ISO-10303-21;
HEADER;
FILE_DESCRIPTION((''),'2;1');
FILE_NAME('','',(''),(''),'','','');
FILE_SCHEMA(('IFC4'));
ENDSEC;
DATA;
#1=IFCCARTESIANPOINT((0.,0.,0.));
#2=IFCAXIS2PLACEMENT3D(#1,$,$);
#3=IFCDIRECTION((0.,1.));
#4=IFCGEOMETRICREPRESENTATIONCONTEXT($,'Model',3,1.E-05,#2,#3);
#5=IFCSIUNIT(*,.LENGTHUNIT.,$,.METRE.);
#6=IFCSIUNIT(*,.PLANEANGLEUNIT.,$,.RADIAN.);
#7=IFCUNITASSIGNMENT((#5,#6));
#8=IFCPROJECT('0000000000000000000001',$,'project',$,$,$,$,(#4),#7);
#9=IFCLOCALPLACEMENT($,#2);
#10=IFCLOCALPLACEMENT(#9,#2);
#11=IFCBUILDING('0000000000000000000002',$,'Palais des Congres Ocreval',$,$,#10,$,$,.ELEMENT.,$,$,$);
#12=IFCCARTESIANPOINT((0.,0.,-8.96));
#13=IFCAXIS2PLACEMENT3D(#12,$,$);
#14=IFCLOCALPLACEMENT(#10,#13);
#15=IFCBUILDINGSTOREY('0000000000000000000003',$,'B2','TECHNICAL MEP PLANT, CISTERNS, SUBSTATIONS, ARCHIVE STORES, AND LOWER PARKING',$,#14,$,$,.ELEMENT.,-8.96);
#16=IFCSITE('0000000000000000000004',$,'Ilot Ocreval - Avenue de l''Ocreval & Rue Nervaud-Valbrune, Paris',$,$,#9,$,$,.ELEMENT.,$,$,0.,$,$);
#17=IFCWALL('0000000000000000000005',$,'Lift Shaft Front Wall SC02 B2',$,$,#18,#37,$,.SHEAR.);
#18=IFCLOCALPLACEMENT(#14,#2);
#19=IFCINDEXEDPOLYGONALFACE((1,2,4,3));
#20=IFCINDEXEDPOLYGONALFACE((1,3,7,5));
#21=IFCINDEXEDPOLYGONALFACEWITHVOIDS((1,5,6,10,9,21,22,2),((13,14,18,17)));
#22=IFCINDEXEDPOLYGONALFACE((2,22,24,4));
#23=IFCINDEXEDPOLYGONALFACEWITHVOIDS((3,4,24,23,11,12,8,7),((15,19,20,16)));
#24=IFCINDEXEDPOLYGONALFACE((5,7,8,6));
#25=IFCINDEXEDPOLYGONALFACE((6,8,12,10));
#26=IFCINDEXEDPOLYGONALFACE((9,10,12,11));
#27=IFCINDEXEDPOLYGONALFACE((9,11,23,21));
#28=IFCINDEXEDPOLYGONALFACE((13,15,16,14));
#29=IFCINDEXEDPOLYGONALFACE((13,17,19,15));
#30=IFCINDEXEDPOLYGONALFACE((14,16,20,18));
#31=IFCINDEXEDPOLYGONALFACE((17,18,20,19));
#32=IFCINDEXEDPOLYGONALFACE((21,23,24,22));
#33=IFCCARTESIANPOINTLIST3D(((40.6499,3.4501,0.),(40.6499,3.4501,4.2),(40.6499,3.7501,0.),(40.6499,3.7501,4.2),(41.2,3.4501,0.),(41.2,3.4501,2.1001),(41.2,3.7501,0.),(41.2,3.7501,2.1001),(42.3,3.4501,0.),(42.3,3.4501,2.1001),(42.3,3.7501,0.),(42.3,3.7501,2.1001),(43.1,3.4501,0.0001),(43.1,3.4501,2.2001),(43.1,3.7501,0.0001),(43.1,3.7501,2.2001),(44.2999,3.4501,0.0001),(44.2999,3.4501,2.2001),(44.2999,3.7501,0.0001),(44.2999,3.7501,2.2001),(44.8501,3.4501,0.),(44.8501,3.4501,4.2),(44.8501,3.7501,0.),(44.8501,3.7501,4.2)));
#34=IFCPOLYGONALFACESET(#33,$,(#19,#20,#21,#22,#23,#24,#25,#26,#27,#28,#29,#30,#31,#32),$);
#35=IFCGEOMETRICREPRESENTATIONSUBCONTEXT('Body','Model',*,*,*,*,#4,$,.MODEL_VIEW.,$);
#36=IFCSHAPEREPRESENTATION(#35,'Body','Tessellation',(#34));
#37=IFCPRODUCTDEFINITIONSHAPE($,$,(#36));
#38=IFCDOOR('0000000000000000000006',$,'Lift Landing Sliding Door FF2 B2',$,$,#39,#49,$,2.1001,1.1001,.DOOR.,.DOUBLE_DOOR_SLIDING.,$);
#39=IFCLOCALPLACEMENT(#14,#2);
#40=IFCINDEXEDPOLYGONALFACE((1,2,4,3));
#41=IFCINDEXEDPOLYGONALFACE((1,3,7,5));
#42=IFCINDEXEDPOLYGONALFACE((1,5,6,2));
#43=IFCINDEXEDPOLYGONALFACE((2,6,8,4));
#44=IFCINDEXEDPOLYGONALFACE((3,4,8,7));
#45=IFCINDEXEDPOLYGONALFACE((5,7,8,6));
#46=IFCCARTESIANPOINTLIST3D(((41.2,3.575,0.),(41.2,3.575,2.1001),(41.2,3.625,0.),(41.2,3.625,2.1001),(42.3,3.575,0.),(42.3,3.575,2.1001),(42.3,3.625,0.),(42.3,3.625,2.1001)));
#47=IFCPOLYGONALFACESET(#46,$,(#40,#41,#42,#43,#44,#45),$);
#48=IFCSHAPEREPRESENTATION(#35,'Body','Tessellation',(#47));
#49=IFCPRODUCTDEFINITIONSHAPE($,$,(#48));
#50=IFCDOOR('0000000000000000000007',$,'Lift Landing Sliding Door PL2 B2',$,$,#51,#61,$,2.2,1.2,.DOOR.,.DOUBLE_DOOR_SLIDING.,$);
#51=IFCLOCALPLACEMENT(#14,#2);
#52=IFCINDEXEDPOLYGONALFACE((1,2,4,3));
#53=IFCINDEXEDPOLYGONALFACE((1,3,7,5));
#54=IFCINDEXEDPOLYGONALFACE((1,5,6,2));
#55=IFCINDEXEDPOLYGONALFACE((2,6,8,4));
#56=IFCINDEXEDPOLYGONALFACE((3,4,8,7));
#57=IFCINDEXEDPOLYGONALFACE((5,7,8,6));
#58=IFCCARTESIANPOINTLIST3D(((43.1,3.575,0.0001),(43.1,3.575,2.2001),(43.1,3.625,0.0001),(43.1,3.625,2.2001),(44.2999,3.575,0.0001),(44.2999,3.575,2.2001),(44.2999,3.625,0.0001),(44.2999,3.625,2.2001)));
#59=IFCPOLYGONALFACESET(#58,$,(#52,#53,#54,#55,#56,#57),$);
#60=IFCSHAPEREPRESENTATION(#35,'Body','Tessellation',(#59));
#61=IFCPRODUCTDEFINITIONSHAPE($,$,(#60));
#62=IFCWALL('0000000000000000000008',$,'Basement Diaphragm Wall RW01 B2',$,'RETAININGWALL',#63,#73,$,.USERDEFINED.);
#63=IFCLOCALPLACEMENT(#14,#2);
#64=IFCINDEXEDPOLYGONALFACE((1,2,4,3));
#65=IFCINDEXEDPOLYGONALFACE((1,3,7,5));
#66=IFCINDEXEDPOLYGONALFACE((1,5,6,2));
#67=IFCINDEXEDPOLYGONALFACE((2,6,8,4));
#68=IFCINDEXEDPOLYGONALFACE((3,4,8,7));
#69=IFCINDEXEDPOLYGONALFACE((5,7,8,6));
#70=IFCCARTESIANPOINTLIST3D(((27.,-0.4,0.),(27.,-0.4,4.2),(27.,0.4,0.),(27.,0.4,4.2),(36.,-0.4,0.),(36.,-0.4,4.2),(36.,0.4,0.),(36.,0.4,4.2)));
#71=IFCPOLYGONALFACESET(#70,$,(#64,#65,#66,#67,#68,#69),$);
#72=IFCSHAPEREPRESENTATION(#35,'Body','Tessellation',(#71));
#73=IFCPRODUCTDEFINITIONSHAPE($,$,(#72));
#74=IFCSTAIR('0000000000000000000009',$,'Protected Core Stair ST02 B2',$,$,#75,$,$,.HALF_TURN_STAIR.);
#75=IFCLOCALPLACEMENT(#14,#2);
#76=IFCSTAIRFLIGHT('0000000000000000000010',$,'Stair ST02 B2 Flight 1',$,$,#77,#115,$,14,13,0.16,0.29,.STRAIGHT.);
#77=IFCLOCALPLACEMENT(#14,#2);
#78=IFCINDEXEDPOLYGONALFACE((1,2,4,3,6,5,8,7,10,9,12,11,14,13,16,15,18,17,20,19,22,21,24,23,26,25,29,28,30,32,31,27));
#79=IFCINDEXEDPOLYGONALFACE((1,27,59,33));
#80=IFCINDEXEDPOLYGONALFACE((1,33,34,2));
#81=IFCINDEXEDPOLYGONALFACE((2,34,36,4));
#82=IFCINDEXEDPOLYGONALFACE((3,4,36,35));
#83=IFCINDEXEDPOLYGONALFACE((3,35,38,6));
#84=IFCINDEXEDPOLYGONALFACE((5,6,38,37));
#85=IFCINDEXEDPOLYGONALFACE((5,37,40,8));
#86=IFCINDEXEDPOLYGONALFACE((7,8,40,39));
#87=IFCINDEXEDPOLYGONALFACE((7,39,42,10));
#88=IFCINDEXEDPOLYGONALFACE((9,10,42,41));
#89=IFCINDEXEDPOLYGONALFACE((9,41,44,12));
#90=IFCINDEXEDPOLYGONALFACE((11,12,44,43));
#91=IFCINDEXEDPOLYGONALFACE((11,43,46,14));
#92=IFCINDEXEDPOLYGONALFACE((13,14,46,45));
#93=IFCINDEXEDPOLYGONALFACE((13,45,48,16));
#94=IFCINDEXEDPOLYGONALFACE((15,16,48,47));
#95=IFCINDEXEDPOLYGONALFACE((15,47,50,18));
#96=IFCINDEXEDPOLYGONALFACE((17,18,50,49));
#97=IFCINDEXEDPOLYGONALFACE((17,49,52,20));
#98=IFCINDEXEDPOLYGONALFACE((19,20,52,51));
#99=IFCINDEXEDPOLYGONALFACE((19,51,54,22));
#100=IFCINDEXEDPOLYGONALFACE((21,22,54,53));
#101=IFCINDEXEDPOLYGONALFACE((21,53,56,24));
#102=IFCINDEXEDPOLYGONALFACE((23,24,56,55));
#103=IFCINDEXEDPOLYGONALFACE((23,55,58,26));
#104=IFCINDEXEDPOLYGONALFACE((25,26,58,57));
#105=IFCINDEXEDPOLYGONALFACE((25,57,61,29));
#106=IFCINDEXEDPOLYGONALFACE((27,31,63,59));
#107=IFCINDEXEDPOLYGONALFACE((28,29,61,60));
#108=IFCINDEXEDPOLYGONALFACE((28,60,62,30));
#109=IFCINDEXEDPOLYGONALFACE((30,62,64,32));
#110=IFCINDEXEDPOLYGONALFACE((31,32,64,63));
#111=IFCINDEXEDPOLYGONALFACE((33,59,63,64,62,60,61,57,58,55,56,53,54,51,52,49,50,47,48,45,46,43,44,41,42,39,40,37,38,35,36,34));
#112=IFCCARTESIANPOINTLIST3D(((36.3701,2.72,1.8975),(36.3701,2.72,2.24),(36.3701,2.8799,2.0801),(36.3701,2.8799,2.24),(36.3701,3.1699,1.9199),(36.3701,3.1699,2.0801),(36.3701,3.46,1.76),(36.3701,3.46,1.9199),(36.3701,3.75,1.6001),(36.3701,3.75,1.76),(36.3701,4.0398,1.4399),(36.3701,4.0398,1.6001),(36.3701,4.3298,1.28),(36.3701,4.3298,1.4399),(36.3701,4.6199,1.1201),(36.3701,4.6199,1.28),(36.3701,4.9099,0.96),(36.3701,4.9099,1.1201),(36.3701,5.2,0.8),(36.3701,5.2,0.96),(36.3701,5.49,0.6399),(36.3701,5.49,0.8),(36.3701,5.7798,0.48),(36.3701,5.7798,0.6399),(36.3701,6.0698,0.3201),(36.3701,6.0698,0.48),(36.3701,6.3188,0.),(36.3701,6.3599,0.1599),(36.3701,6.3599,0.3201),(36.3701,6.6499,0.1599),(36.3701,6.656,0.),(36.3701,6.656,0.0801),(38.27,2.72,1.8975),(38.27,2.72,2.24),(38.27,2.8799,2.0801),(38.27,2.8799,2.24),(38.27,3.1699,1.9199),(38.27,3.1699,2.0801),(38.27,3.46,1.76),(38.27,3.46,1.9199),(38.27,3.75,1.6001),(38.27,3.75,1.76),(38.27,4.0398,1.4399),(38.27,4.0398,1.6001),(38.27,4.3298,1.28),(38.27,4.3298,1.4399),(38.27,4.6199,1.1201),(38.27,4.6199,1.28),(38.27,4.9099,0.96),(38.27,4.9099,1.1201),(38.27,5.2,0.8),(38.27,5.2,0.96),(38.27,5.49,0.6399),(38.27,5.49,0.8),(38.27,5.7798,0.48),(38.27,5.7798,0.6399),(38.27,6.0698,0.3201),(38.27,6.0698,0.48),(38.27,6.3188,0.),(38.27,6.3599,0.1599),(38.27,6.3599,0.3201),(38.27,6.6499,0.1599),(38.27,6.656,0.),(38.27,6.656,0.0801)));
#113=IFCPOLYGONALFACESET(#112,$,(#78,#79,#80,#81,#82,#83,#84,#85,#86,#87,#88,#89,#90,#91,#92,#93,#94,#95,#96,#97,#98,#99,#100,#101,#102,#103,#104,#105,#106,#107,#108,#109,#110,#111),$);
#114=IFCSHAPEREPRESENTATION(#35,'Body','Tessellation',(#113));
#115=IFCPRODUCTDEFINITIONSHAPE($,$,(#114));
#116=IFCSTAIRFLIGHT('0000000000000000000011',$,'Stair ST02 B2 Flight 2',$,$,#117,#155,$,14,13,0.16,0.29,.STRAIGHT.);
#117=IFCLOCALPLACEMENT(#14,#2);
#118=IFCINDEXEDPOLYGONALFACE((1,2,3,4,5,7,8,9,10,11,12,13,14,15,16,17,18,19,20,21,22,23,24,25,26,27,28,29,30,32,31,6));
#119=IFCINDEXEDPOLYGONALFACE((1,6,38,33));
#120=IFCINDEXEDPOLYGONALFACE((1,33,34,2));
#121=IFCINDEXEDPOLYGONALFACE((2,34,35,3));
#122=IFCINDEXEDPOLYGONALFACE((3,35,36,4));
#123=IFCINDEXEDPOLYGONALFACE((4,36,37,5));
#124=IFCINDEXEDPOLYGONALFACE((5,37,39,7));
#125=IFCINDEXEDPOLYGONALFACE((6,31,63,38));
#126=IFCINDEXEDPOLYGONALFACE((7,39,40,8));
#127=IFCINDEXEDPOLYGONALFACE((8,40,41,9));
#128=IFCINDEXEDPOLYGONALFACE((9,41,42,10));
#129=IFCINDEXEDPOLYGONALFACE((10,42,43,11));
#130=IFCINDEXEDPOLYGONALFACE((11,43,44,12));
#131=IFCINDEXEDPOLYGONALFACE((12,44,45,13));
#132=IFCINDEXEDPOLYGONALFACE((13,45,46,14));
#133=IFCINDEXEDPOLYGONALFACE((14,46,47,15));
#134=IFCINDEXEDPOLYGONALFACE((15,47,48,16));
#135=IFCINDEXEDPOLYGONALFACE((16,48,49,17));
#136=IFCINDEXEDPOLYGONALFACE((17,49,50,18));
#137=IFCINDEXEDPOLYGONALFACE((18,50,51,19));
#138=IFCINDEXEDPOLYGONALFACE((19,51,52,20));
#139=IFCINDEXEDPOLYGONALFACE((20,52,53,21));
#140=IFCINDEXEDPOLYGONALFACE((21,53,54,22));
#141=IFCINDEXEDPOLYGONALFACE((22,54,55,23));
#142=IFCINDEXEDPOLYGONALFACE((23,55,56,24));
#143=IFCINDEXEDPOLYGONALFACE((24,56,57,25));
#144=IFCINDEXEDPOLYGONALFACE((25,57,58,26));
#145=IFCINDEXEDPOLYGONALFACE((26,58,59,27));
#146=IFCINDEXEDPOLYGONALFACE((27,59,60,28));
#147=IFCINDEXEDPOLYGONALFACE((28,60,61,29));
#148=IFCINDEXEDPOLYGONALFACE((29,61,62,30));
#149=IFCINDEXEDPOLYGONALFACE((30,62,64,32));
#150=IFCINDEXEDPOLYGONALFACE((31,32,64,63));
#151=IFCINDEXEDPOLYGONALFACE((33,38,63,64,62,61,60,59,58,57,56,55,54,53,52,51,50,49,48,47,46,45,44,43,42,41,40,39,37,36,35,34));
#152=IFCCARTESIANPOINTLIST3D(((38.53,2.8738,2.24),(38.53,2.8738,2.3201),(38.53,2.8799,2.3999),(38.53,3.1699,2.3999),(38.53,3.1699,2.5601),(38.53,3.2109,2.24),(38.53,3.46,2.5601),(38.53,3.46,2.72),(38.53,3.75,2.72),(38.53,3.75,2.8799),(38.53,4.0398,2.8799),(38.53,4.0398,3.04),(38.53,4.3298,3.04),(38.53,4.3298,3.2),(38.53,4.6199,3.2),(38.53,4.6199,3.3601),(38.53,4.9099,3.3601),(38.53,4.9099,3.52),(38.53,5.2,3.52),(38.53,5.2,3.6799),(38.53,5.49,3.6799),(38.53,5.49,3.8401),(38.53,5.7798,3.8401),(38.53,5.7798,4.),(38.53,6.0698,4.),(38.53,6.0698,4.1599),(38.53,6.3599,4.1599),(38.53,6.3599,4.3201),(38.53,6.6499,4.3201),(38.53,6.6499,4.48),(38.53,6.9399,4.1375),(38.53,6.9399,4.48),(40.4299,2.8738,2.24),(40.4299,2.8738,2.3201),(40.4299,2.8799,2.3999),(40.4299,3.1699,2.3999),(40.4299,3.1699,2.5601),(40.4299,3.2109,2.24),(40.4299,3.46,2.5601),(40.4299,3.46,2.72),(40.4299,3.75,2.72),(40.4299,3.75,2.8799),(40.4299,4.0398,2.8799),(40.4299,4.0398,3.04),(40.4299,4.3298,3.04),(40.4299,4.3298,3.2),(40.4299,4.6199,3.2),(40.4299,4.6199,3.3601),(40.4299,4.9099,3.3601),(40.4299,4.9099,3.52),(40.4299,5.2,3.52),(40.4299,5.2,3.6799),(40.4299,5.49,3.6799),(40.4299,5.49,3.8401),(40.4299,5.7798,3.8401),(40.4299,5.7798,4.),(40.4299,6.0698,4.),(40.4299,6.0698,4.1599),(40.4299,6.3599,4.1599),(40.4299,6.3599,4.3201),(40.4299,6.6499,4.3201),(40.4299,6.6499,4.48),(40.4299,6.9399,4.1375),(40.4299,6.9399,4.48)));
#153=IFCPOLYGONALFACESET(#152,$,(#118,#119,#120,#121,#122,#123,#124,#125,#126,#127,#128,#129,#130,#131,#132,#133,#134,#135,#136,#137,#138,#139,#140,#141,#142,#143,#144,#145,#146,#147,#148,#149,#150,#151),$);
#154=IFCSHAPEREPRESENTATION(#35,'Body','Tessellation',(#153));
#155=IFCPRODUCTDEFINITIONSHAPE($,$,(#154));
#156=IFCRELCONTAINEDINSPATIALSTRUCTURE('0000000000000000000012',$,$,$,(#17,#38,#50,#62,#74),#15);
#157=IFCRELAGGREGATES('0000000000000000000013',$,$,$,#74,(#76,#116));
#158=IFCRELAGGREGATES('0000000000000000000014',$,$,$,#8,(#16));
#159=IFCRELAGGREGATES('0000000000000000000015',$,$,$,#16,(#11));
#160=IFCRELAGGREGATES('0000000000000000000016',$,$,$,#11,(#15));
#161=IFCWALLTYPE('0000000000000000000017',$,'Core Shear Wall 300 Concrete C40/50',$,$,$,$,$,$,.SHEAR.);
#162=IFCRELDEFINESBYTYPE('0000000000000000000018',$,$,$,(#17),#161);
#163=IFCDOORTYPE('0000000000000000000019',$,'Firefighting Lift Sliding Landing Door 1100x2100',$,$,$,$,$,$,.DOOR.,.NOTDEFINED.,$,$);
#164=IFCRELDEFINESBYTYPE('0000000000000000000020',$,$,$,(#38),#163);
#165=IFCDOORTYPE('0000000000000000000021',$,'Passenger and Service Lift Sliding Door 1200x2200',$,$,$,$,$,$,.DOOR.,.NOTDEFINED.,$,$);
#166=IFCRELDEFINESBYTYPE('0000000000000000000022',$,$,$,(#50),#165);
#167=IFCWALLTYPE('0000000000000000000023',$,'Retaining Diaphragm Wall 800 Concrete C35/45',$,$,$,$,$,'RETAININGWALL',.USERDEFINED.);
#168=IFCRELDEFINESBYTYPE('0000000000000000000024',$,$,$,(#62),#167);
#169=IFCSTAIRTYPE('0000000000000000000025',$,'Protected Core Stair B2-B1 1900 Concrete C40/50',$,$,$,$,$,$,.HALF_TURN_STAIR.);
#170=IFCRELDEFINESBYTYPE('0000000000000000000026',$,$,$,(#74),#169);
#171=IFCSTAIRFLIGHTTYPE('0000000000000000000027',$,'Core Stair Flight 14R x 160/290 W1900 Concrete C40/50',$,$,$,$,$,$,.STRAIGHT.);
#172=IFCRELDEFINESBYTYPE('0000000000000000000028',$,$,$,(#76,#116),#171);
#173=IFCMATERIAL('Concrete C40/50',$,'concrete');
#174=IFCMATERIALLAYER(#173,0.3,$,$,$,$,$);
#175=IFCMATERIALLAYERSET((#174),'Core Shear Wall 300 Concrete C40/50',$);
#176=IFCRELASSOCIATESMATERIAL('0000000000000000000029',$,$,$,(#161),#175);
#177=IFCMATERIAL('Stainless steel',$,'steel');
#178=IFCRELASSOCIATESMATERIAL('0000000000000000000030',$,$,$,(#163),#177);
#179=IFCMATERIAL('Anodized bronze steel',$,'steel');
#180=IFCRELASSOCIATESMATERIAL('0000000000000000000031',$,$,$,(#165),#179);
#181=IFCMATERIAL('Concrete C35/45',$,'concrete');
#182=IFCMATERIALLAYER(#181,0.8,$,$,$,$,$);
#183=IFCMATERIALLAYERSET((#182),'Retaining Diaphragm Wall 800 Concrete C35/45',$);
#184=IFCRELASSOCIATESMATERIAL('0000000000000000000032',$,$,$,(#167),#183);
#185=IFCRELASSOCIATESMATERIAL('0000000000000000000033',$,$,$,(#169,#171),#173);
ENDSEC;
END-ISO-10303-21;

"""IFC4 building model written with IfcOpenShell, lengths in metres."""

from ifc_helpers import new_model, si_unit, direction, frame, frame_2d, origin, place, context, subcontext, project, spatial, polyline, rectangle, outline, extrude, material, layer, layer_set, type_object, element, fill, aggregate, save


model = new_model("IFC4")

# Units and contexts
model_context = context("Model", 3, precision=1e-05, world=origin(), true_north=direction((0.0, 1.0)))
body_context = subcontext(model_context, "Body", "Model", "MODEL_VIEW")
ifc_project = project(units=[si_unit("LENGTHUNIT", "METRE"), si_unit("PLANEANGLEUNIT", "RADIAN")], contexts=[model_context])

# Site, building, storey
site_placement = place(None, origin())
site = spatial("IfcSite", under=ifc_project, at=site_placement, Name="Ilot Ocreval - Avenue de l'Ocreval & Rue Nervaud-Valbrune, Paris", CompositionType="ELEMENT", RefElevation=0.0)
building_placement = place(site_placement, origin())
building = spatial("IfcBuilding", under=site, at=building_placement, Name="Palais des Congres Ocreval", CompositionType="ELEMENT")
storey_placement = place(building_placement, frame((0.0, 0.0, -8.96)))
storey = spatial("IfcBuildingStorey", under=building, at=storey_placement, Name="B2", Description="TECHNICAL MEP PLANT, CISTERNS, SUBSTATIONS, ARCHIVE STORES, AND LOWER PARKING", CompositionType="ELEMENT", Elevation=-8.96)

# Shared definitions
ifc_material_1 = material(Name="Concrete C35/45", Category="concrete")

# Shared definitions
ifc_material_2 = material(Name="Concrete C40/50", Category="concrete")

# Shared definitions
ifc_layer_1 = layer(ifc_material_2, 0.3)
ifc_layer_set_1 = layer_set([ifc_layer_1], Name="Core Shear Wall 300 Concrete C40/50")
wall_type_1 = type_object("IfcWallType", Name="Core Shear Wall 300 Concrete C40/50", PredefinedType="SHEAR", material=ifc_layer_set_1)

# Wall, openings, doors
wall_1_placement = place(storey_placement, frame((40.6499, 3.6001, 0.0), z_axis=(0.0, 0.0, 1.0), x_axis=(1.0, 0.0, 0.0)))
wall_1 = element("IfcWall", 1, at=wall_1_placement, inside=storey, type_object=wall_type_1, Name="Lift Shaft Front Wall SC02 B2", PredefinedType="SHEAR", context=body_context, shape_type="SweptSolid", body=[
    extrude(rectangle(XDim=4.2002, YDim=0.3, at=frame_2d((2.1001, 0.0))), origin(), (0.0, 0.0, 1.0), 4.2),
])
opening_1_placement = place(wall_1_placement, frame((0.55, 0.0, 0.0)))
opening_1 = element("IfcOpeningElement", 2, at=opening_1_placement, cuts=wall_1, PredefinedType="OPENING", context=body_context, shape_type="SweptSolid", body=[
    extrude(rectangle(XDim=1.1001, YDim=2.1001, at=frame_2d((0.55, 1.05))), frame((0.0, 0.1599, 0.0), z_axis=(0.0, -1.0, 0.0), x_axis=(1.0, 0.0, 0.0)), (0.0, 0.0, 1.0), 0.3201),
])
opening_2_placement = place(wall_1_placement, frame((2.45, 0.0, 0.0)))
opening_2 = element("IfcOpeningElement", 3, at=opening_2_placement, cuts=wall_1, PredefinedType="OPENING", context=body_context, shape_type="SweptSolid", body=[
    extrude(rectangle(XDim=1.2, YDim=2.2, at=frame_2d((0.6001, 1.1001))), frame((0.0, 0.1599, 0.0), z_axis=(0.0, -1.0, 0.0), x_axis=(1.0, 0.0, 0.0)), (0.0, 0.0, 1.0), 0.3201),
])
ifc_material_3 = material(Name="Stainless steel", Category="steel")
door_type_1 = type_object("IfcDoorType", Name="Firefighting Lift Sliding Landing Door 1100x2100", OperationType="NOTDEFINED", PredefinedType="DOOR", material=ifc_material_3)
door_1_placement = place(opening_1_placement, origin())
door_1 = element("IfcDoor", 4, at=door_1_placement, inside=storey, type_object=door_type_1, Name="Lift Landing Sliding Door FF2 B2", OperationType="DOUBLE_DOOR_SLIDING", OverallHeight=2.1001, OverallWidth=1.1001, PredefinedType="DOOR", context=body_context, shape_type="SweptSolid", body=[
    extrude(rectangle(XDim=1.1001, YDim=2.1001, at=frame_2d((0.55, 1.05))), frame((0.0, 0.0249, 0.0), z_axis=(0.0, -1.0, 0.0), x_axis=(1.0, 0.0, 0.0)), (0.0, 0.0, 1.0), 0.05),
])
fill(opening_1, door_1)
ifc_material_4 = material(Name="Anodized bronze steel", Category="steel")
door_type_2 = type_object("IfcDoorType", Name="Passenger and Service Lift Sliding Door 1200x2200", OperationType="NOTDEFINED", PredefinedType="DOOR", material=ifc_material_4)
door_2_placement = place(opening_2_placement, origin())
door_2 = element("IfcDoor", 5, at=door_2_placement, inside=storey, type_object=door_type_2, Name="Lift Landing Sliding Door PL2 B2", OperationType="DOUBLE_DOOR_SLIDING", OverallHeight=2.2, OverallWidth=1.2, PredefinedType="DOOR", context=body_context, shape_type="SweptSolid", body=[
    extrude(rectangle(XDim=1.2, YDim=2.2, at=frame_2d((0.6001, 1.1001))), frame((0.0, 0.0249, 0.0), z_axis=(0.0, -1.0, 0.0), x_axis=(1.0, 0.0, 0.0)), (0.0, 0.0, 1.0), 0.05),
])
fill(opening_2, door_2)

# Wall
ifc_layer_2 = layer(ifc_material_1, 0.8)
ifc_layer_set_2 = layer_set([ifc_layer_2], Name="Retaining Diaphragm Wall 800 Concrete C35/45")
wall_type_2 = type_object("IfcWallType", Name="Retaining Diaphragm Wall 800 Concrete C35/45", ElementType="RETAININGWALL", PredefinedType="USERDEFINED", material=ifc_layer_set_2)
wall_2_placement = place(storey_placement, frame((36.0, 0.0, 0.0), z_axis=(0.0, 0.0, 1.0), x_axis=(-1.0, 0.0, 0.0)))
element("IfcWall", 6, at=wall_2_placement, inside=storey, type_object=wall_type_2, Name="Basement Diaphragm Wall RW01 B2", ObjectType="RETAININGWALL", PredefinedType="USERDEFINED", context=body_context, shape_type="SweptSolid", body=[
    extrude(rectangle(XDim=9.0, YDim=0.8, at=frame_2d((4.5, 0.0))), origin(), (0.0, 0.0, 1.0), 4.2),
])

# Stair, stair flights
stair_type = type_object("IfcStairType", Name="Protected Core Stair B2-B1 1900 Concrete C40/50", PredefinedType="HALF_TURN_STAIR", material=ifc_material_2)
stair_placement = place(storey_placement, origin())
stair = element("IfcStair", 7, at=stair_placement, inside=storey, type_object=stair_type, Name="Protected Core Stair ST02 B2", PredefinedType="HALF_TURN_STAIR")
stair_flight_type = type_object("IfcStairFlightType", Name="Core Stair Flight 14R x 160/290 W1900 Concrete C40/50", PredefinedType="STRAIGHT", material=ifc_material_2)
stair_flight_1_placement = place(storey_placement, frame((37.3201, 6.6499, 0.0), z_axis=(0.0, 0.0, 1.0), x_axis=(0.0, -1.0, 0.0)))
stair_flight_1 = element("IfcStairFlight", 8, at=stair_flight_1_placement, type_object=stair_flight_type, Name="Stair ST02 B2 Flight 1", NumberOfRisers=14, NumberOfTreads=13, PredefinedType="STRAIGHT", RiserHeight=0.16, TreadLength=0.29, context=body_context, shape_type="SweptSolid", body=[
    extrude(outline(polyline([(-0.0061, 0.0), (-0.0061, 0.0801), (0.0, 0.1599), (0.29, 0.1599), (0.29, 0.3201), (0.5801, 0.3201), (0.5801, 0.48), (0.8701, 0.48), (0.8701, 0.6399), (1.1599, 0.6399), (1.1599, 0.8), (1.45, 0.8), (1.45, 0.96), (1.74, 0.96), (1.74, 1.1201), (2.03, 1.1201), (2.03, 1.28), (2.3201, 1.28), (2.3201, 1.4399), (2.6101, 1.4399), (2.6101, 1.6001), (2.8999, 1.6001), (2.8999, 1.76), (3.1899, 1.76), (3.1899, 1.9199), (3.48, 1.9199), (3.48, 2.0801), (3.77, 2.0801), (3.77, 2.24), (3.9299, 2.24), (3.9299, 1.8975), (0.3311, 0.0), (-0.0061, 0.0)])), frame((0.0, 0.95, 0.0), z_axis=(0.0, -1.0, 0.0), x_axis=(1.0, 0.0, 0.0)), (0.0, 0.0, 1.0), 1.8999),
])
stair_flight_2_placement = place(storey_placement, frame((39.48, 2.8799, 2.24), z_axis=(0.0, 0.0, 1.0), x_axis=(0.0, 1.0, 0.0)))
stair_flight_2 = element("IfcStairFlight", 9, at=stair_flight_2_placement, type_object=stair_flight_type, Name="Stair ST02 B2 Flight 2", NumberOfRisers=14, NumberOfTreads=13, PredefinedType="STRAIGHT", RiserHeight=0.16, TreadLength=0.29, context=body_context, shape_type="SweptSolid", body=[
    extrude(outline(polyline([(-0.0061, 0.0), (-0.0061, 0.0801), (0.0, 0.1599), (0.29, 0.1599), (0.29, 0.3201), (0.5801, 0.3201), (0.5801, 0.48), (0.8701, 0.48), (0.8701, 0.6399), (1.1599, 0.6399), (1.1599, 0.8), (1.45, 0.8), (1.45, 0.96), (1.74, 0.96), (1.74, 1.1201), (2.03, 1.1201), (2.03, 1.28), (2.3201, 1.28), (2.3201, 1.4399), (2.6101, 1.4399), (2.6101, 1.6001), (2.8999, 1.6001), (2.8999, 1.76), (3.1899, 1.76), (3.1899, 1.9199), (3.48, 1.9199), (3.48, 2.0801), (3.77, 2.0801), (3.77, 2.24), (4.0601, 2.24), (4.0601, 1.8975), (0.3311, 0.0), (-0.0061, 0.0)])), frame((0.0, 0.95, 0.0), z_axis=(0.0, -1.0, 0.0), x_axis=(1.0, 0.0, 0.0)), (0.0, 0.0, 1.0), 1.8999),
])
aggregate(stair, [stair_flight_1, stair_flight_2])

save(model, "model.ifc")
